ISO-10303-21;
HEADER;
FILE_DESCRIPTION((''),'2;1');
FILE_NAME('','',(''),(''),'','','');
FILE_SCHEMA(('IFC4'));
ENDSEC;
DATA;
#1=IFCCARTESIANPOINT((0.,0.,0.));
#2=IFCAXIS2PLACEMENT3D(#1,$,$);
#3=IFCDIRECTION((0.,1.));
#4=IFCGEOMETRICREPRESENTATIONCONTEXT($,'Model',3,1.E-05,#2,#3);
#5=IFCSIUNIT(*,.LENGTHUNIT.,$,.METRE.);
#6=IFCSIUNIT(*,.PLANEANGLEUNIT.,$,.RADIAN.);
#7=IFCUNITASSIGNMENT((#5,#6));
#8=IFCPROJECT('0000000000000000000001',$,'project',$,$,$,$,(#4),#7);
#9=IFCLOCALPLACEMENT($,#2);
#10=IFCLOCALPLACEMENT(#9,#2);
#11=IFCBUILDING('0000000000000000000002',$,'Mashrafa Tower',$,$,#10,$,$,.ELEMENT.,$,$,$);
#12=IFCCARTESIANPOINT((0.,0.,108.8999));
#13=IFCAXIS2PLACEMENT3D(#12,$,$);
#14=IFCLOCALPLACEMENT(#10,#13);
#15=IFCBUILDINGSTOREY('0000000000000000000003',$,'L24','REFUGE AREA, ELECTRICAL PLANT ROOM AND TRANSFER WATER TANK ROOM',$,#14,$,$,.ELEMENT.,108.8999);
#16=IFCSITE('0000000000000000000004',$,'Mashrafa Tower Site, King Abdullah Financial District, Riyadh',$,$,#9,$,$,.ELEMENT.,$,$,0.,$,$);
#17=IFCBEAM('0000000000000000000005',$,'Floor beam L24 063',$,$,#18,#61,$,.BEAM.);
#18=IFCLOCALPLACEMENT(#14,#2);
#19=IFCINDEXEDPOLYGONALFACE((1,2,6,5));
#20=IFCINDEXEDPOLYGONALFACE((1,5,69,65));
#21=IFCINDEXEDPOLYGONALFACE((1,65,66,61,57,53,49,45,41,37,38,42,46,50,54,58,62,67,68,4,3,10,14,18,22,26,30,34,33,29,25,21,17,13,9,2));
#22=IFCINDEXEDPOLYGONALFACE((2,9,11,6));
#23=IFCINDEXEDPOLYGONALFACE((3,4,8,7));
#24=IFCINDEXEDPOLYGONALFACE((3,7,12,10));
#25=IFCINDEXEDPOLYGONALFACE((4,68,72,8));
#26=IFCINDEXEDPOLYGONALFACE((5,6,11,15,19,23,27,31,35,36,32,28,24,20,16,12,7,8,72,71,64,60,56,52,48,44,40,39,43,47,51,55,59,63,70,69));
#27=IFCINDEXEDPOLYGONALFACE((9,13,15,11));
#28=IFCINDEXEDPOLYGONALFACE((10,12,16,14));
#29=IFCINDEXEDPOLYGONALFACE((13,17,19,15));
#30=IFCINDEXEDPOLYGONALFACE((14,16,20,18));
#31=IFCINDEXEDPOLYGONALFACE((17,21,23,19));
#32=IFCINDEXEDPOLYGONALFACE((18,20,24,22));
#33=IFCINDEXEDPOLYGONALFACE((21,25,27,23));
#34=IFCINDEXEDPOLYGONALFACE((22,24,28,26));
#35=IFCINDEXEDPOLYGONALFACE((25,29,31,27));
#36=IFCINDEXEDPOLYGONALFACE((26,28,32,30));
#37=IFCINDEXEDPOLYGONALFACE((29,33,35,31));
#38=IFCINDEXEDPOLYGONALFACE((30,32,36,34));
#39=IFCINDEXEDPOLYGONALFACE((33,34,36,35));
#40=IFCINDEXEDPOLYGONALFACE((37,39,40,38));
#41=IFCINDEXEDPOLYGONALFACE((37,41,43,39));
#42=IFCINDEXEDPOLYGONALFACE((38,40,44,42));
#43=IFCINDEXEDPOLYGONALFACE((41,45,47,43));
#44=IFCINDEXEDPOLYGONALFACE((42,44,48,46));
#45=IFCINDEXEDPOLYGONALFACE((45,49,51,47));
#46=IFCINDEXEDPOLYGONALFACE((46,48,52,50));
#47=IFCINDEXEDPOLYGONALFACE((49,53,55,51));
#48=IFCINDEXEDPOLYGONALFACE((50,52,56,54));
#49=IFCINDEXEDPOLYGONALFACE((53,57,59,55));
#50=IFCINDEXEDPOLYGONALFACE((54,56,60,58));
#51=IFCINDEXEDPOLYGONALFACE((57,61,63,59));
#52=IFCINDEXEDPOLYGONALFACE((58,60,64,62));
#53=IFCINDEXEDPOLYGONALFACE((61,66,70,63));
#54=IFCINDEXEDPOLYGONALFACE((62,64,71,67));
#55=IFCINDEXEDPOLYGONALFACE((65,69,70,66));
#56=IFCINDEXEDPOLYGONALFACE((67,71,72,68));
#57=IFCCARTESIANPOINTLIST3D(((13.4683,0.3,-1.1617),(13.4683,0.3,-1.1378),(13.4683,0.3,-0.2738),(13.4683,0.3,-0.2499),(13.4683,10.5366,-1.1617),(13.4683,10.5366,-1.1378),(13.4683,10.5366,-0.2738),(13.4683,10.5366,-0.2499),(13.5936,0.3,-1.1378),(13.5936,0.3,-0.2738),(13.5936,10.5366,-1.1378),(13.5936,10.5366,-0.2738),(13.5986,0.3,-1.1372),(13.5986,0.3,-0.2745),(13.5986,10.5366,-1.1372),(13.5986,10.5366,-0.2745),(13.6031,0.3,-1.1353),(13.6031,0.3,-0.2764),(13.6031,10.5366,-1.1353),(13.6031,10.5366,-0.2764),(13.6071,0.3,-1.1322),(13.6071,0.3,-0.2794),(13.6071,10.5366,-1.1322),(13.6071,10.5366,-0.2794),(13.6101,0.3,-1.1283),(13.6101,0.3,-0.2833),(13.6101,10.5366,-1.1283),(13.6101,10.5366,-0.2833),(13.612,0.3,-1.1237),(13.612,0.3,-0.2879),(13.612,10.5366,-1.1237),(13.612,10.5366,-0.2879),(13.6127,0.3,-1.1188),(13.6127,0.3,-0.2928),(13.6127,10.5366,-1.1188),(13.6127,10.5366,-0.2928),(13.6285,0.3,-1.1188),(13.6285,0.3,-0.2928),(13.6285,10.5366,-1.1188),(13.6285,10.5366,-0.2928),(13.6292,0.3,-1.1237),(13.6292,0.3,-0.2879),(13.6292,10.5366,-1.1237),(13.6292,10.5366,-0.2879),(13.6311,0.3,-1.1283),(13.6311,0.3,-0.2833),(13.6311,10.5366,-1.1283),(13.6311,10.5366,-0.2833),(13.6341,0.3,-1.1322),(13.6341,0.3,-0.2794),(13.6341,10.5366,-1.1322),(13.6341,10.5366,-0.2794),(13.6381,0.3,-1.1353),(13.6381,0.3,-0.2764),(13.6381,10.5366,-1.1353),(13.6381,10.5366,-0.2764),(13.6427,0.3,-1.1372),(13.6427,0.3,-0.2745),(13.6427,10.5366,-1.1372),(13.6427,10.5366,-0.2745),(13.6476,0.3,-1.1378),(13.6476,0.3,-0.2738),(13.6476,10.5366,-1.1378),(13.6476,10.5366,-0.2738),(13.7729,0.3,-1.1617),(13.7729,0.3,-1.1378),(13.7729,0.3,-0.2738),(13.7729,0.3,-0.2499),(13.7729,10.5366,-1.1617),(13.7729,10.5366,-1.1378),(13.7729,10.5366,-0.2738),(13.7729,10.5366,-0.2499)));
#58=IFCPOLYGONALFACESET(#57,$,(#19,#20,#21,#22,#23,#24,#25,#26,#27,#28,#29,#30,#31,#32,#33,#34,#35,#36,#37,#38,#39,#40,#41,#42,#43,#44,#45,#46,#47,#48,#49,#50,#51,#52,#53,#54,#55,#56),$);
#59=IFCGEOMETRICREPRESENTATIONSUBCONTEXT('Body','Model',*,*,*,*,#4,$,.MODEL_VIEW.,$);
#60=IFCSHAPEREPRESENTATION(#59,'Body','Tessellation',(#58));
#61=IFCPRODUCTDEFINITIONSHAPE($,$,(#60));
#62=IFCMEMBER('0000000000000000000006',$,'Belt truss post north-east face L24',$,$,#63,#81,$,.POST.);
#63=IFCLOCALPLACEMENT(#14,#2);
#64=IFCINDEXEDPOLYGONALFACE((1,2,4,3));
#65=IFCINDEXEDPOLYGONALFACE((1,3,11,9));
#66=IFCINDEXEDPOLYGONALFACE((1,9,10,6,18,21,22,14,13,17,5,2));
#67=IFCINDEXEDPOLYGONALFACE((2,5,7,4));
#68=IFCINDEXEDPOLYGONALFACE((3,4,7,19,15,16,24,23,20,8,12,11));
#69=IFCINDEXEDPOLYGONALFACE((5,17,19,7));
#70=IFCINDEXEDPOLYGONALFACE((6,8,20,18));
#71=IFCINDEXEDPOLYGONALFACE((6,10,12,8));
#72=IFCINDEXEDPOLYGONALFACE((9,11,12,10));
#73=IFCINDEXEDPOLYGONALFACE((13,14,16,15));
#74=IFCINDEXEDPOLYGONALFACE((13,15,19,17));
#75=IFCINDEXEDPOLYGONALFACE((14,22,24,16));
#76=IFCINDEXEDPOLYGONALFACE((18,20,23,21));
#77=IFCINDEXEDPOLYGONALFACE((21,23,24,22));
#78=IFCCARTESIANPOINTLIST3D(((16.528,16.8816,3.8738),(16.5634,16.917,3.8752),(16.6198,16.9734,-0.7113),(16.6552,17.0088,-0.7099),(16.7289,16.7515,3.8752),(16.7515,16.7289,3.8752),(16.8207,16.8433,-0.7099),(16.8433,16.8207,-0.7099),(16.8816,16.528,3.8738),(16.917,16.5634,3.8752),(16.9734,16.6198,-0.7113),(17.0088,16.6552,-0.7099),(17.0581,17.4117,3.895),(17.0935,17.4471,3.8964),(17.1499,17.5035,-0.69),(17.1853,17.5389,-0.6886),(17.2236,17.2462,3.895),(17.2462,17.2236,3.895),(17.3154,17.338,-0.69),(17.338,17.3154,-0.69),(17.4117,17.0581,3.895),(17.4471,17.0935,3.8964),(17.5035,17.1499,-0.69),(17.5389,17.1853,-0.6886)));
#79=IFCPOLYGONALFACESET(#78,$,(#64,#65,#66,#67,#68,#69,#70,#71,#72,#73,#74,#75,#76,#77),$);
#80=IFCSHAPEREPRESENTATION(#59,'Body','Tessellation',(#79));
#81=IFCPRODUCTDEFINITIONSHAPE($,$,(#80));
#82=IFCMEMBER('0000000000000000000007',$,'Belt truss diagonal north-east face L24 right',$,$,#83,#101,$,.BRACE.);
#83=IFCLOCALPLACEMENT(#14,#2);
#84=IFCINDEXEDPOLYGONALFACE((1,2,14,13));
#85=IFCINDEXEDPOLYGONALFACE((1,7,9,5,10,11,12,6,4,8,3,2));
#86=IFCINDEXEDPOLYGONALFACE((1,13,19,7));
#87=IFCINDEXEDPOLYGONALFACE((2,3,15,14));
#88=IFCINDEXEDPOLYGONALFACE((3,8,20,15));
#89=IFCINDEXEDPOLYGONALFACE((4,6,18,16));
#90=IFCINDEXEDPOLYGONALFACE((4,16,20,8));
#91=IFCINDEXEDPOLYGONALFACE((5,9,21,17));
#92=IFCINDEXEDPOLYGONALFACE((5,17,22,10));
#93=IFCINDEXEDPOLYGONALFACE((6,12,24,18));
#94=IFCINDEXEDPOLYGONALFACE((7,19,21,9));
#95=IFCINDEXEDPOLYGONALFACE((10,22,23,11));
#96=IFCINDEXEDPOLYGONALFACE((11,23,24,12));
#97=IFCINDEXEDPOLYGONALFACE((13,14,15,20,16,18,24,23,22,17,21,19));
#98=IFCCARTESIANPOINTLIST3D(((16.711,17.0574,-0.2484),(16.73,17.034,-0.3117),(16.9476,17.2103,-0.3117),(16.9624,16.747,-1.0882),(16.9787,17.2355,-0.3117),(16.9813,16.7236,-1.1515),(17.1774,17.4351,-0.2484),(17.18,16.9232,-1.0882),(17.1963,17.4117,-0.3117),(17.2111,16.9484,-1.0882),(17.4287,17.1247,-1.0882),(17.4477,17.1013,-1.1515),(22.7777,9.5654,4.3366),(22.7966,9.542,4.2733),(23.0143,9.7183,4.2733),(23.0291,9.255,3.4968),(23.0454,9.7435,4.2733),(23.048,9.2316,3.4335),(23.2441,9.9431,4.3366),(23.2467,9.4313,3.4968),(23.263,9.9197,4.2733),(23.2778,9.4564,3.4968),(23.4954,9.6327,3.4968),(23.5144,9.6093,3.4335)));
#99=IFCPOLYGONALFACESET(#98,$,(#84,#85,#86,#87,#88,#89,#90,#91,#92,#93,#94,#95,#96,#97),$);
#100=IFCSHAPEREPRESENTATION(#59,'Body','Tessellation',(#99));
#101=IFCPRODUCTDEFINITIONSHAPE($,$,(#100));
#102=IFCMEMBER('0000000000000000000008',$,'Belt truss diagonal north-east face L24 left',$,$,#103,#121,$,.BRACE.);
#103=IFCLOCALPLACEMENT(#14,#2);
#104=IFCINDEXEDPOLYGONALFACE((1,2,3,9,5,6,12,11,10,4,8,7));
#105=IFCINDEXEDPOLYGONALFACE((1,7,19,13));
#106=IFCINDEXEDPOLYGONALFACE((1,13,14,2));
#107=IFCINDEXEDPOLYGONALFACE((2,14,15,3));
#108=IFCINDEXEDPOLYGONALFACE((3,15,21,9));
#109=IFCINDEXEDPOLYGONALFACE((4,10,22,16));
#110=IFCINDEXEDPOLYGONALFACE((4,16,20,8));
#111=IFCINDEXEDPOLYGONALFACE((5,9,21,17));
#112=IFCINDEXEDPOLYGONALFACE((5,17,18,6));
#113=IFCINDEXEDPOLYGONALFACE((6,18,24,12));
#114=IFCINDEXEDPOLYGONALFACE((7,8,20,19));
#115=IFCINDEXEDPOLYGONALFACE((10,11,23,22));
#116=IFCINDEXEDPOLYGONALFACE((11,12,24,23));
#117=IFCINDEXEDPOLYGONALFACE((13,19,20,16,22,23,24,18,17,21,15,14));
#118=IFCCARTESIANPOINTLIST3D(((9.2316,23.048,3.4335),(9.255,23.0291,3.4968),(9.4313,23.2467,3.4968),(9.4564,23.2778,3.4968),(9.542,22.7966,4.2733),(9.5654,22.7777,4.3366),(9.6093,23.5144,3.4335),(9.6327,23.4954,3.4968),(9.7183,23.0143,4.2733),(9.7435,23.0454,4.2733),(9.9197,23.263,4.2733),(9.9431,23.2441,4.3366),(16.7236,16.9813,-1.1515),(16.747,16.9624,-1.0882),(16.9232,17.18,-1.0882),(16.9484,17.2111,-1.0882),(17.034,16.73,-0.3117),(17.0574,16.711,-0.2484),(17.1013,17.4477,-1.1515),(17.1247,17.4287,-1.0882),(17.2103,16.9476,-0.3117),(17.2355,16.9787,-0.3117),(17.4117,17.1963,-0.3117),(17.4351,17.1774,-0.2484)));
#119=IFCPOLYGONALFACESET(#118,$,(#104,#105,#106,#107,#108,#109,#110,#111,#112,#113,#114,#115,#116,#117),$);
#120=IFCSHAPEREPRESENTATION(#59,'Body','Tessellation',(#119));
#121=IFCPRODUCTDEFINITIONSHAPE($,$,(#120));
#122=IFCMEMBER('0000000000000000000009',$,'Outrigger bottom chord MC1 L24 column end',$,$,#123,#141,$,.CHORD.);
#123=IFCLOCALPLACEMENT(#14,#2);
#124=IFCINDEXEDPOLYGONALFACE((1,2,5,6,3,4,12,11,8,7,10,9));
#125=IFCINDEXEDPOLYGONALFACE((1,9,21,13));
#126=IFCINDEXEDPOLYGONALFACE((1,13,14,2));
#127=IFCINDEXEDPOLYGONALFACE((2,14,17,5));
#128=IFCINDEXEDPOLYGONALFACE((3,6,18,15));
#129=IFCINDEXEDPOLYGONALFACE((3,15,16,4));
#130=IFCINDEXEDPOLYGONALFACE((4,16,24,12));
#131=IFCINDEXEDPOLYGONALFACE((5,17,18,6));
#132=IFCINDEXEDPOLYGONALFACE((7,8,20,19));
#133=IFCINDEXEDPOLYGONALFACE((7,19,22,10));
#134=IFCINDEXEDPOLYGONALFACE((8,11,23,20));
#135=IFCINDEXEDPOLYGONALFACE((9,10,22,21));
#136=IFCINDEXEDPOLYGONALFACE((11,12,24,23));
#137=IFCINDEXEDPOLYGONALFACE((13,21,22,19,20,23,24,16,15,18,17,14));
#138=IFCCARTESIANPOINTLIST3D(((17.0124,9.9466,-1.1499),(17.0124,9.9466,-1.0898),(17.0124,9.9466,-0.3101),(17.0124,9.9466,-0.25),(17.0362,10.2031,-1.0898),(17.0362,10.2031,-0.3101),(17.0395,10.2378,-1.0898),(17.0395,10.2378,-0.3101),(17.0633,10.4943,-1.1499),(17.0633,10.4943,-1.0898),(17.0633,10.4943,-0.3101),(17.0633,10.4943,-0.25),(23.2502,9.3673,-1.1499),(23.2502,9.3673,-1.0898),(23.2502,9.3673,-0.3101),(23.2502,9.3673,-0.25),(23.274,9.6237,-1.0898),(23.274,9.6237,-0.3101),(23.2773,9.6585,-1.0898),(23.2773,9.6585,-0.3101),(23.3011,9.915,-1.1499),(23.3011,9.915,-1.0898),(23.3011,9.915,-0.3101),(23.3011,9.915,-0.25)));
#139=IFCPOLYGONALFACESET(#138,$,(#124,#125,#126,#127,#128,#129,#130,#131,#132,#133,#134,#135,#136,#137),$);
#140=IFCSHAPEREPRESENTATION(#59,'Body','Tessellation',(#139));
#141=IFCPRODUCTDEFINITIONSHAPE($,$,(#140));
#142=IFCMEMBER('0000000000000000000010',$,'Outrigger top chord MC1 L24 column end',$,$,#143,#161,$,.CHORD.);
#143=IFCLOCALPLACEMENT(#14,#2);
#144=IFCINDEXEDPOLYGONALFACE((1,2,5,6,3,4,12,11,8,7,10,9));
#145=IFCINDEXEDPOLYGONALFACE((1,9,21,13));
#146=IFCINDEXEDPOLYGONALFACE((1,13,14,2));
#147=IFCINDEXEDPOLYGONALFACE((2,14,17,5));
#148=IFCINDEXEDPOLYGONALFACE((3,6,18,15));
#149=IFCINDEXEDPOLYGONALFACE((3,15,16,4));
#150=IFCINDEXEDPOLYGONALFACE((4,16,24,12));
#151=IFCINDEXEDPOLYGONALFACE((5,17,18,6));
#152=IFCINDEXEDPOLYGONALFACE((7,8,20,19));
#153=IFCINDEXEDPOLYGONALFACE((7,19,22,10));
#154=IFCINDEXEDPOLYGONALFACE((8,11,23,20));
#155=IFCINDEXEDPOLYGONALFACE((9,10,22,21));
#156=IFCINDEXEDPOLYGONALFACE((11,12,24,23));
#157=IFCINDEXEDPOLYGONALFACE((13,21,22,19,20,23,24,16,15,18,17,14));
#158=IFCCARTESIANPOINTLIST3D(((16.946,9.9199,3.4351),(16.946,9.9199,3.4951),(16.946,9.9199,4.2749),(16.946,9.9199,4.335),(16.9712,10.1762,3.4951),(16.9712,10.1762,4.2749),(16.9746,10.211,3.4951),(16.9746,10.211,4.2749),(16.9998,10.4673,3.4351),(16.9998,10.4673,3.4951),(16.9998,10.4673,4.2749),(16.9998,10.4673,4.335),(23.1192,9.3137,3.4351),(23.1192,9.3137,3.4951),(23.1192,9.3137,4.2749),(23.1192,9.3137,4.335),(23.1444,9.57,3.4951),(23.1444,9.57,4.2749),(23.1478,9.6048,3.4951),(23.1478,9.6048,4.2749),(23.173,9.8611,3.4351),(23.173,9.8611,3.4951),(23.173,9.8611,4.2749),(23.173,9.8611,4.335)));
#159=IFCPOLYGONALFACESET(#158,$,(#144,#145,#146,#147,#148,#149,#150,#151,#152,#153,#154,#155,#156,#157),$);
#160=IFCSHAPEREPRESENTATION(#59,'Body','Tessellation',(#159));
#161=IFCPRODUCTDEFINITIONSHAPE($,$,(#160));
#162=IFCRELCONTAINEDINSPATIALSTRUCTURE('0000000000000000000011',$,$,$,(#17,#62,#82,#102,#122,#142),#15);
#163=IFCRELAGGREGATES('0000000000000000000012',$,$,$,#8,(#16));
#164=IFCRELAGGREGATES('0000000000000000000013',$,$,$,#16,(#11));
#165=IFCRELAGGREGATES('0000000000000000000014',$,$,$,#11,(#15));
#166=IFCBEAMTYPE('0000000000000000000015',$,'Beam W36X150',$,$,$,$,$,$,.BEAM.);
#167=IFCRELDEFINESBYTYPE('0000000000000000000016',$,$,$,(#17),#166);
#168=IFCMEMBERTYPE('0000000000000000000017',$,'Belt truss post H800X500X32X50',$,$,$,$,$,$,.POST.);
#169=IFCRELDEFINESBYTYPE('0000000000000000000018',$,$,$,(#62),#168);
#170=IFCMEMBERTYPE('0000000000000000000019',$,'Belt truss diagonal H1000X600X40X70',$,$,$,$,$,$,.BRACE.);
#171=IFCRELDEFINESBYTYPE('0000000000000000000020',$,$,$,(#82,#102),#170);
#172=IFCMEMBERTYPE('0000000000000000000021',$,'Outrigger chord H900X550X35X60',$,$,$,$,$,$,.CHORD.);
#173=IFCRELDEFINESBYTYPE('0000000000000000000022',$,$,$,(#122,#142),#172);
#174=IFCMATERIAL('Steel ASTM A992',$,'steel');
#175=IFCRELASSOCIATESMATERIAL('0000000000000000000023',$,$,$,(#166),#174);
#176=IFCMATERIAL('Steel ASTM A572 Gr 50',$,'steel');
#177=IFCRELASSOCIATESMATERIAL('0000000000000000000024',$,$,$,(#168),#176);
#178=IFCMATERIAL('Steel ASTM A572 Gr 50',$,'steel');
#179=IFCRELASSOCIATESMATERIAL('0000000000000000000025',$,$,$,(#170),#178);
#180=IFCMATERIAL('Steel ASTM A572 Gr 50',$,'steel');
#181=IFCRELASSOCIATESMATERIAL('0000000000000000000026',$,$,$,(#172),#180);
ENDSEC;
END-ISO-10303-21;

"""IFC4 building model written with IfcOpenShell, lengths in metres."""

from ifc_helpers import new_model, si_unit, direction, frame, origin, origin_2d, place, context, subcontext, project, spatial, i_section, extrude, source, transform, mapped, material, material_profile, profile_set, type_object, type_shapes, element, save


model = new_model("IFC4")

# Units and contexts
model_context = context("Model", 3, precision=1e-05, world=origin(), true_north=direction((0.0, 1.0)))
body_context = subcontext(model_context, "Body", "Model", "MODEL_VIEW")
ifc_project = project(units=[si_unit("LENGTHUNIT", "METRE"), si_unit("PLANEANGLEUNIT", "RADIAN")], contexts=[model_context])

# Site, building, storey
site_placement = place(None, origin())
site = spatial("IfcSite", under=ifc_project, at=site_placement, Name="Mashrafa Tower Site, King Abdullah Financial District, Riyadh", CompositionType="ELEMENT", RefElevation=0.0)
building_placement = place(site_placement, origin())
building = spatial("IfcBuilding", under=site, at=building_placement, Name="Mashrafa Tower", CompositionType="ELEMENT")
storey_placement = place(building_placement, frame((0.0, 0.0, 108.8999)))
storey = spatial("IfcBuildingStorey", under=building, at=storey_placement, Name="L24", Description="REFUGE AREA, ELECTRICAL PLANT ROOM AND TRANSFER WATER TANK ROOM", CompositionType="ELEMENT", Elevation=108.8999)

# Beam
ifc_material_1 = material(Name="Steel ASTM A992", Category="steel")
ifc_material_profile_1 = material_profile(ifc_material_1, i_section(OverallWidth=0.3047, OverallDepth=0.9119, WebThickness=0.0159, FlangeThickness=0.0239, FilletRadius=0.019, at=origin_2d()), Name="W36X150")
ifc_profile_set_1 = profile_set([ifc_material_profile_1], Name="Steel ASTM A992")
beam_type_1 = type_object("IfcBeamType", Name="Beam W36X150", PredefinedType="BEAM", material=ifc_profile_set_1)
beam_1_placement = place(storey_placement, frame((13.6206, 10.5366, -0.7058), z_axis=(0.0, -1.0, 0.0), x_axis=(1.0, 0.0, 0.0)))
element("IfcBeam", 1, at=beam_1_placement, inside=storey, type_object=beam_type_1, Name="Floor beam L24 063", PredefinedType="BEAM", context=body_context, shape_type="SweptSolid", body=[
    extrude(i_section(OverallWidth=0.3047, OverallDepth=0.9119, WebThickness=0.0159, FlangeThickness=0.0239, FilletRadius=0.019, at=origin_2d()), origin(), (0.0, 0.0, 1.0), 10.2366),
])

# Members
ifc_material_2 = material(Name="Steel ASTM A572 Gr 50", Category="steel")
ifc_material_profile_2 = material_profile(ifc_material_2, i_section(OverallWidth=0.5, OverallDepth=0.8, WebThickness=0.032, FlangeThickness=0.05, at=origin_2d()), Name="H800X500X32X50")
ifc_profile_set_2 = profile_set([ifc_material_profile_2], Name="Steel ASTM A572 Gr 50")
member_type_1 = type_object("IfcMemberType", Name="Belt truss post H800X500X32X50", PredefinedType="POST", material=ifc_profile_set_2)
shared_shape_1 = source(origin(), body_context, "Body", "SweptSolid", [
    extrude(i_section(OverallWidth=0.5, OverallDepth=0.8, WebThickness=0.032, FlangeThickness=0.05, at=origin_2d()), origin(), (0.0, 0.0, 1.0), 4.5869),
])
type_shapes(member_type_1, [shared_shape_1])
member_1_placement = place(storey_placement, frame((17.0793, 17.0793, -0.7), z_axis=(-0.020013, -0.020013, 0.999599), x_axis=(0.707107, -0.707107, 0.0)))
element("IfcMember", 2, at=member_1_placement, inside=storey, type_object=member_type_1, Name="Belt truss post north-east face L24", PredefinedType="POST", context=body_context, shape_type="MappedRepresentation", body=[
    mapped(shared_shape_1, transform((0.0, 0.0, 0.0))),
])
ifc_material_3 = material(Name="Steel ASTM A572 Gr 50", Category="steel")
ifc_material_profile_3 = material_profile(ifc_material_3, i_section(OverallWidth=0.6001, OverallDepth=1.0, WebThickness=0.04, FlangeThickness=0.0701, at=origin_2d()), Name="H1000X600X40X70")
ifc_profile_set_3 = profile_set([ifc_material_profile_3], Name="Steel ASTM A572 Gr 50")
member_type_2 = type_object("IfcMemberType", Name="Belt truss diagonal H1000X600X40X70", PredefinedType="BRACE", material=ifc_profile_set_3)
shared_shape_2 = source(origin(), body_context, "Body", "SweptSolid", [
    extrude(i_section(OverallWidth=0.6001, OverallDepth=1.0, WebThickness=0.04, FlangeThickness=0.0701, at=origin_2d()), origin(), (0.0, 0.0, 1.0), 10.675),
])
type_shapes(member_type_2, [shared_shape_2])
for number, where, z_axis, x_axis, name in (
    (3, (17.0793, 17.0793, -0.7), (0.568305, -0.701822, 0.429505), (0.777156, 0.629308, 0.0), "Belt truss diagonal north-east face L24 right"),
    (4, (17.0793, 17.0793, -0.7), (-0.701822, 0.568305, 0.429505), (-0.629308, -0.777156, 0.0), "Belt truss diagonal north-east face L24 left"),
):
    element("IfcMember", number, at=place(storey_placement, frame(where, z_axis=z_axis, x_axis=x_axis)), inside=storey, type_object=member_type_2, Name=name, PredefinedType="BRACE", context=body_context, shape_type="MappedRepresentation", body=[
        mapped(shared_shape_2, transform((0.0, 0.0, 0.0))),
    ])
ifc_material_4 = material(Name="Steel ASTM A572 Gr 50", Category="steel")
ifc_material_profile_4 = material_profile(ifc_material_4, i_section(OverallWidth=0.55, OverallDepth=0.8999, WebThickness=0.0349, FlangeThickness=0.0601, at=origin_2d()), Name="H900X550X35X60")
ifc_profile_set_4 = profile_set([ifc_material_profile_4], Name="Steel ASTM A572 Gr 50")
member_type_3 = type_object("IfcMemberType", Name="Outrigger chord H900X550X35X60", PredefinedType="CHORD", material=ifc_profile_set_4)
shared_shape_3 = source(origin(), body_context, "Body", "SweptSolid", [
    extrude(i_section(OverallWidth=0.55, OverallDepth=0.8999, WebThickness=0.0349, FlangeThickness=0.0601, at=origin_2d()), origin(), (0.0, 0.0, 1.0), 6.2646),
])
member_2_placement = place(storey_placement, frame((17.0378, 10.2205, -0.7), z_axis=(0.995715, -0.092479, 0.0), x_axis=(0.092479, 0.995715, 0.0)))
element("IfcMember", 5, at=member_2_placement, inside=storey, type_object=member_type_3, Name="Outrigger bottom chord MC1 L24 column end", PredefinedType="CHORD", context=body_context, shape_type="MappedRepresentation", body=[
    mapped(shared_shape_3, transform((0.0, 0.0, 0.0))),
])
shared_shape_4 = source(origin(), body_context, "Body", "SweptSolid", [
    extrude(i_section(OverallWidth=0.55, OverallDepth=0.8999, WebThickness=0.0349, FlangeThickness=0.0601, at=origin_2d()), origin(), (0.0, 0.0, 1.0), 6.2029),
])
type_shapes(member_type_3, [shared_shape_3, shared_shape_4])
member_3_placement = place(storey_placement, frame((16.9729, 10.1936, 3.885), z_axis=(0.995213, -0.09773, 0.0), x_axis=(0.09773, 0.995213, 0.0)))
element("IfcMember", 6, at=member_3_placement, inside=storey, type_object=member_type_3, Name="Outrigger top chord MC1 L24 column end", PredefinedType="CHORD", context=body_context, shape_type="MappedRepresentation", body=[
    mapped(shared_shape_4, transform((0.0, 0.0, 0.0))),
])

save(model, "model.ifc")
